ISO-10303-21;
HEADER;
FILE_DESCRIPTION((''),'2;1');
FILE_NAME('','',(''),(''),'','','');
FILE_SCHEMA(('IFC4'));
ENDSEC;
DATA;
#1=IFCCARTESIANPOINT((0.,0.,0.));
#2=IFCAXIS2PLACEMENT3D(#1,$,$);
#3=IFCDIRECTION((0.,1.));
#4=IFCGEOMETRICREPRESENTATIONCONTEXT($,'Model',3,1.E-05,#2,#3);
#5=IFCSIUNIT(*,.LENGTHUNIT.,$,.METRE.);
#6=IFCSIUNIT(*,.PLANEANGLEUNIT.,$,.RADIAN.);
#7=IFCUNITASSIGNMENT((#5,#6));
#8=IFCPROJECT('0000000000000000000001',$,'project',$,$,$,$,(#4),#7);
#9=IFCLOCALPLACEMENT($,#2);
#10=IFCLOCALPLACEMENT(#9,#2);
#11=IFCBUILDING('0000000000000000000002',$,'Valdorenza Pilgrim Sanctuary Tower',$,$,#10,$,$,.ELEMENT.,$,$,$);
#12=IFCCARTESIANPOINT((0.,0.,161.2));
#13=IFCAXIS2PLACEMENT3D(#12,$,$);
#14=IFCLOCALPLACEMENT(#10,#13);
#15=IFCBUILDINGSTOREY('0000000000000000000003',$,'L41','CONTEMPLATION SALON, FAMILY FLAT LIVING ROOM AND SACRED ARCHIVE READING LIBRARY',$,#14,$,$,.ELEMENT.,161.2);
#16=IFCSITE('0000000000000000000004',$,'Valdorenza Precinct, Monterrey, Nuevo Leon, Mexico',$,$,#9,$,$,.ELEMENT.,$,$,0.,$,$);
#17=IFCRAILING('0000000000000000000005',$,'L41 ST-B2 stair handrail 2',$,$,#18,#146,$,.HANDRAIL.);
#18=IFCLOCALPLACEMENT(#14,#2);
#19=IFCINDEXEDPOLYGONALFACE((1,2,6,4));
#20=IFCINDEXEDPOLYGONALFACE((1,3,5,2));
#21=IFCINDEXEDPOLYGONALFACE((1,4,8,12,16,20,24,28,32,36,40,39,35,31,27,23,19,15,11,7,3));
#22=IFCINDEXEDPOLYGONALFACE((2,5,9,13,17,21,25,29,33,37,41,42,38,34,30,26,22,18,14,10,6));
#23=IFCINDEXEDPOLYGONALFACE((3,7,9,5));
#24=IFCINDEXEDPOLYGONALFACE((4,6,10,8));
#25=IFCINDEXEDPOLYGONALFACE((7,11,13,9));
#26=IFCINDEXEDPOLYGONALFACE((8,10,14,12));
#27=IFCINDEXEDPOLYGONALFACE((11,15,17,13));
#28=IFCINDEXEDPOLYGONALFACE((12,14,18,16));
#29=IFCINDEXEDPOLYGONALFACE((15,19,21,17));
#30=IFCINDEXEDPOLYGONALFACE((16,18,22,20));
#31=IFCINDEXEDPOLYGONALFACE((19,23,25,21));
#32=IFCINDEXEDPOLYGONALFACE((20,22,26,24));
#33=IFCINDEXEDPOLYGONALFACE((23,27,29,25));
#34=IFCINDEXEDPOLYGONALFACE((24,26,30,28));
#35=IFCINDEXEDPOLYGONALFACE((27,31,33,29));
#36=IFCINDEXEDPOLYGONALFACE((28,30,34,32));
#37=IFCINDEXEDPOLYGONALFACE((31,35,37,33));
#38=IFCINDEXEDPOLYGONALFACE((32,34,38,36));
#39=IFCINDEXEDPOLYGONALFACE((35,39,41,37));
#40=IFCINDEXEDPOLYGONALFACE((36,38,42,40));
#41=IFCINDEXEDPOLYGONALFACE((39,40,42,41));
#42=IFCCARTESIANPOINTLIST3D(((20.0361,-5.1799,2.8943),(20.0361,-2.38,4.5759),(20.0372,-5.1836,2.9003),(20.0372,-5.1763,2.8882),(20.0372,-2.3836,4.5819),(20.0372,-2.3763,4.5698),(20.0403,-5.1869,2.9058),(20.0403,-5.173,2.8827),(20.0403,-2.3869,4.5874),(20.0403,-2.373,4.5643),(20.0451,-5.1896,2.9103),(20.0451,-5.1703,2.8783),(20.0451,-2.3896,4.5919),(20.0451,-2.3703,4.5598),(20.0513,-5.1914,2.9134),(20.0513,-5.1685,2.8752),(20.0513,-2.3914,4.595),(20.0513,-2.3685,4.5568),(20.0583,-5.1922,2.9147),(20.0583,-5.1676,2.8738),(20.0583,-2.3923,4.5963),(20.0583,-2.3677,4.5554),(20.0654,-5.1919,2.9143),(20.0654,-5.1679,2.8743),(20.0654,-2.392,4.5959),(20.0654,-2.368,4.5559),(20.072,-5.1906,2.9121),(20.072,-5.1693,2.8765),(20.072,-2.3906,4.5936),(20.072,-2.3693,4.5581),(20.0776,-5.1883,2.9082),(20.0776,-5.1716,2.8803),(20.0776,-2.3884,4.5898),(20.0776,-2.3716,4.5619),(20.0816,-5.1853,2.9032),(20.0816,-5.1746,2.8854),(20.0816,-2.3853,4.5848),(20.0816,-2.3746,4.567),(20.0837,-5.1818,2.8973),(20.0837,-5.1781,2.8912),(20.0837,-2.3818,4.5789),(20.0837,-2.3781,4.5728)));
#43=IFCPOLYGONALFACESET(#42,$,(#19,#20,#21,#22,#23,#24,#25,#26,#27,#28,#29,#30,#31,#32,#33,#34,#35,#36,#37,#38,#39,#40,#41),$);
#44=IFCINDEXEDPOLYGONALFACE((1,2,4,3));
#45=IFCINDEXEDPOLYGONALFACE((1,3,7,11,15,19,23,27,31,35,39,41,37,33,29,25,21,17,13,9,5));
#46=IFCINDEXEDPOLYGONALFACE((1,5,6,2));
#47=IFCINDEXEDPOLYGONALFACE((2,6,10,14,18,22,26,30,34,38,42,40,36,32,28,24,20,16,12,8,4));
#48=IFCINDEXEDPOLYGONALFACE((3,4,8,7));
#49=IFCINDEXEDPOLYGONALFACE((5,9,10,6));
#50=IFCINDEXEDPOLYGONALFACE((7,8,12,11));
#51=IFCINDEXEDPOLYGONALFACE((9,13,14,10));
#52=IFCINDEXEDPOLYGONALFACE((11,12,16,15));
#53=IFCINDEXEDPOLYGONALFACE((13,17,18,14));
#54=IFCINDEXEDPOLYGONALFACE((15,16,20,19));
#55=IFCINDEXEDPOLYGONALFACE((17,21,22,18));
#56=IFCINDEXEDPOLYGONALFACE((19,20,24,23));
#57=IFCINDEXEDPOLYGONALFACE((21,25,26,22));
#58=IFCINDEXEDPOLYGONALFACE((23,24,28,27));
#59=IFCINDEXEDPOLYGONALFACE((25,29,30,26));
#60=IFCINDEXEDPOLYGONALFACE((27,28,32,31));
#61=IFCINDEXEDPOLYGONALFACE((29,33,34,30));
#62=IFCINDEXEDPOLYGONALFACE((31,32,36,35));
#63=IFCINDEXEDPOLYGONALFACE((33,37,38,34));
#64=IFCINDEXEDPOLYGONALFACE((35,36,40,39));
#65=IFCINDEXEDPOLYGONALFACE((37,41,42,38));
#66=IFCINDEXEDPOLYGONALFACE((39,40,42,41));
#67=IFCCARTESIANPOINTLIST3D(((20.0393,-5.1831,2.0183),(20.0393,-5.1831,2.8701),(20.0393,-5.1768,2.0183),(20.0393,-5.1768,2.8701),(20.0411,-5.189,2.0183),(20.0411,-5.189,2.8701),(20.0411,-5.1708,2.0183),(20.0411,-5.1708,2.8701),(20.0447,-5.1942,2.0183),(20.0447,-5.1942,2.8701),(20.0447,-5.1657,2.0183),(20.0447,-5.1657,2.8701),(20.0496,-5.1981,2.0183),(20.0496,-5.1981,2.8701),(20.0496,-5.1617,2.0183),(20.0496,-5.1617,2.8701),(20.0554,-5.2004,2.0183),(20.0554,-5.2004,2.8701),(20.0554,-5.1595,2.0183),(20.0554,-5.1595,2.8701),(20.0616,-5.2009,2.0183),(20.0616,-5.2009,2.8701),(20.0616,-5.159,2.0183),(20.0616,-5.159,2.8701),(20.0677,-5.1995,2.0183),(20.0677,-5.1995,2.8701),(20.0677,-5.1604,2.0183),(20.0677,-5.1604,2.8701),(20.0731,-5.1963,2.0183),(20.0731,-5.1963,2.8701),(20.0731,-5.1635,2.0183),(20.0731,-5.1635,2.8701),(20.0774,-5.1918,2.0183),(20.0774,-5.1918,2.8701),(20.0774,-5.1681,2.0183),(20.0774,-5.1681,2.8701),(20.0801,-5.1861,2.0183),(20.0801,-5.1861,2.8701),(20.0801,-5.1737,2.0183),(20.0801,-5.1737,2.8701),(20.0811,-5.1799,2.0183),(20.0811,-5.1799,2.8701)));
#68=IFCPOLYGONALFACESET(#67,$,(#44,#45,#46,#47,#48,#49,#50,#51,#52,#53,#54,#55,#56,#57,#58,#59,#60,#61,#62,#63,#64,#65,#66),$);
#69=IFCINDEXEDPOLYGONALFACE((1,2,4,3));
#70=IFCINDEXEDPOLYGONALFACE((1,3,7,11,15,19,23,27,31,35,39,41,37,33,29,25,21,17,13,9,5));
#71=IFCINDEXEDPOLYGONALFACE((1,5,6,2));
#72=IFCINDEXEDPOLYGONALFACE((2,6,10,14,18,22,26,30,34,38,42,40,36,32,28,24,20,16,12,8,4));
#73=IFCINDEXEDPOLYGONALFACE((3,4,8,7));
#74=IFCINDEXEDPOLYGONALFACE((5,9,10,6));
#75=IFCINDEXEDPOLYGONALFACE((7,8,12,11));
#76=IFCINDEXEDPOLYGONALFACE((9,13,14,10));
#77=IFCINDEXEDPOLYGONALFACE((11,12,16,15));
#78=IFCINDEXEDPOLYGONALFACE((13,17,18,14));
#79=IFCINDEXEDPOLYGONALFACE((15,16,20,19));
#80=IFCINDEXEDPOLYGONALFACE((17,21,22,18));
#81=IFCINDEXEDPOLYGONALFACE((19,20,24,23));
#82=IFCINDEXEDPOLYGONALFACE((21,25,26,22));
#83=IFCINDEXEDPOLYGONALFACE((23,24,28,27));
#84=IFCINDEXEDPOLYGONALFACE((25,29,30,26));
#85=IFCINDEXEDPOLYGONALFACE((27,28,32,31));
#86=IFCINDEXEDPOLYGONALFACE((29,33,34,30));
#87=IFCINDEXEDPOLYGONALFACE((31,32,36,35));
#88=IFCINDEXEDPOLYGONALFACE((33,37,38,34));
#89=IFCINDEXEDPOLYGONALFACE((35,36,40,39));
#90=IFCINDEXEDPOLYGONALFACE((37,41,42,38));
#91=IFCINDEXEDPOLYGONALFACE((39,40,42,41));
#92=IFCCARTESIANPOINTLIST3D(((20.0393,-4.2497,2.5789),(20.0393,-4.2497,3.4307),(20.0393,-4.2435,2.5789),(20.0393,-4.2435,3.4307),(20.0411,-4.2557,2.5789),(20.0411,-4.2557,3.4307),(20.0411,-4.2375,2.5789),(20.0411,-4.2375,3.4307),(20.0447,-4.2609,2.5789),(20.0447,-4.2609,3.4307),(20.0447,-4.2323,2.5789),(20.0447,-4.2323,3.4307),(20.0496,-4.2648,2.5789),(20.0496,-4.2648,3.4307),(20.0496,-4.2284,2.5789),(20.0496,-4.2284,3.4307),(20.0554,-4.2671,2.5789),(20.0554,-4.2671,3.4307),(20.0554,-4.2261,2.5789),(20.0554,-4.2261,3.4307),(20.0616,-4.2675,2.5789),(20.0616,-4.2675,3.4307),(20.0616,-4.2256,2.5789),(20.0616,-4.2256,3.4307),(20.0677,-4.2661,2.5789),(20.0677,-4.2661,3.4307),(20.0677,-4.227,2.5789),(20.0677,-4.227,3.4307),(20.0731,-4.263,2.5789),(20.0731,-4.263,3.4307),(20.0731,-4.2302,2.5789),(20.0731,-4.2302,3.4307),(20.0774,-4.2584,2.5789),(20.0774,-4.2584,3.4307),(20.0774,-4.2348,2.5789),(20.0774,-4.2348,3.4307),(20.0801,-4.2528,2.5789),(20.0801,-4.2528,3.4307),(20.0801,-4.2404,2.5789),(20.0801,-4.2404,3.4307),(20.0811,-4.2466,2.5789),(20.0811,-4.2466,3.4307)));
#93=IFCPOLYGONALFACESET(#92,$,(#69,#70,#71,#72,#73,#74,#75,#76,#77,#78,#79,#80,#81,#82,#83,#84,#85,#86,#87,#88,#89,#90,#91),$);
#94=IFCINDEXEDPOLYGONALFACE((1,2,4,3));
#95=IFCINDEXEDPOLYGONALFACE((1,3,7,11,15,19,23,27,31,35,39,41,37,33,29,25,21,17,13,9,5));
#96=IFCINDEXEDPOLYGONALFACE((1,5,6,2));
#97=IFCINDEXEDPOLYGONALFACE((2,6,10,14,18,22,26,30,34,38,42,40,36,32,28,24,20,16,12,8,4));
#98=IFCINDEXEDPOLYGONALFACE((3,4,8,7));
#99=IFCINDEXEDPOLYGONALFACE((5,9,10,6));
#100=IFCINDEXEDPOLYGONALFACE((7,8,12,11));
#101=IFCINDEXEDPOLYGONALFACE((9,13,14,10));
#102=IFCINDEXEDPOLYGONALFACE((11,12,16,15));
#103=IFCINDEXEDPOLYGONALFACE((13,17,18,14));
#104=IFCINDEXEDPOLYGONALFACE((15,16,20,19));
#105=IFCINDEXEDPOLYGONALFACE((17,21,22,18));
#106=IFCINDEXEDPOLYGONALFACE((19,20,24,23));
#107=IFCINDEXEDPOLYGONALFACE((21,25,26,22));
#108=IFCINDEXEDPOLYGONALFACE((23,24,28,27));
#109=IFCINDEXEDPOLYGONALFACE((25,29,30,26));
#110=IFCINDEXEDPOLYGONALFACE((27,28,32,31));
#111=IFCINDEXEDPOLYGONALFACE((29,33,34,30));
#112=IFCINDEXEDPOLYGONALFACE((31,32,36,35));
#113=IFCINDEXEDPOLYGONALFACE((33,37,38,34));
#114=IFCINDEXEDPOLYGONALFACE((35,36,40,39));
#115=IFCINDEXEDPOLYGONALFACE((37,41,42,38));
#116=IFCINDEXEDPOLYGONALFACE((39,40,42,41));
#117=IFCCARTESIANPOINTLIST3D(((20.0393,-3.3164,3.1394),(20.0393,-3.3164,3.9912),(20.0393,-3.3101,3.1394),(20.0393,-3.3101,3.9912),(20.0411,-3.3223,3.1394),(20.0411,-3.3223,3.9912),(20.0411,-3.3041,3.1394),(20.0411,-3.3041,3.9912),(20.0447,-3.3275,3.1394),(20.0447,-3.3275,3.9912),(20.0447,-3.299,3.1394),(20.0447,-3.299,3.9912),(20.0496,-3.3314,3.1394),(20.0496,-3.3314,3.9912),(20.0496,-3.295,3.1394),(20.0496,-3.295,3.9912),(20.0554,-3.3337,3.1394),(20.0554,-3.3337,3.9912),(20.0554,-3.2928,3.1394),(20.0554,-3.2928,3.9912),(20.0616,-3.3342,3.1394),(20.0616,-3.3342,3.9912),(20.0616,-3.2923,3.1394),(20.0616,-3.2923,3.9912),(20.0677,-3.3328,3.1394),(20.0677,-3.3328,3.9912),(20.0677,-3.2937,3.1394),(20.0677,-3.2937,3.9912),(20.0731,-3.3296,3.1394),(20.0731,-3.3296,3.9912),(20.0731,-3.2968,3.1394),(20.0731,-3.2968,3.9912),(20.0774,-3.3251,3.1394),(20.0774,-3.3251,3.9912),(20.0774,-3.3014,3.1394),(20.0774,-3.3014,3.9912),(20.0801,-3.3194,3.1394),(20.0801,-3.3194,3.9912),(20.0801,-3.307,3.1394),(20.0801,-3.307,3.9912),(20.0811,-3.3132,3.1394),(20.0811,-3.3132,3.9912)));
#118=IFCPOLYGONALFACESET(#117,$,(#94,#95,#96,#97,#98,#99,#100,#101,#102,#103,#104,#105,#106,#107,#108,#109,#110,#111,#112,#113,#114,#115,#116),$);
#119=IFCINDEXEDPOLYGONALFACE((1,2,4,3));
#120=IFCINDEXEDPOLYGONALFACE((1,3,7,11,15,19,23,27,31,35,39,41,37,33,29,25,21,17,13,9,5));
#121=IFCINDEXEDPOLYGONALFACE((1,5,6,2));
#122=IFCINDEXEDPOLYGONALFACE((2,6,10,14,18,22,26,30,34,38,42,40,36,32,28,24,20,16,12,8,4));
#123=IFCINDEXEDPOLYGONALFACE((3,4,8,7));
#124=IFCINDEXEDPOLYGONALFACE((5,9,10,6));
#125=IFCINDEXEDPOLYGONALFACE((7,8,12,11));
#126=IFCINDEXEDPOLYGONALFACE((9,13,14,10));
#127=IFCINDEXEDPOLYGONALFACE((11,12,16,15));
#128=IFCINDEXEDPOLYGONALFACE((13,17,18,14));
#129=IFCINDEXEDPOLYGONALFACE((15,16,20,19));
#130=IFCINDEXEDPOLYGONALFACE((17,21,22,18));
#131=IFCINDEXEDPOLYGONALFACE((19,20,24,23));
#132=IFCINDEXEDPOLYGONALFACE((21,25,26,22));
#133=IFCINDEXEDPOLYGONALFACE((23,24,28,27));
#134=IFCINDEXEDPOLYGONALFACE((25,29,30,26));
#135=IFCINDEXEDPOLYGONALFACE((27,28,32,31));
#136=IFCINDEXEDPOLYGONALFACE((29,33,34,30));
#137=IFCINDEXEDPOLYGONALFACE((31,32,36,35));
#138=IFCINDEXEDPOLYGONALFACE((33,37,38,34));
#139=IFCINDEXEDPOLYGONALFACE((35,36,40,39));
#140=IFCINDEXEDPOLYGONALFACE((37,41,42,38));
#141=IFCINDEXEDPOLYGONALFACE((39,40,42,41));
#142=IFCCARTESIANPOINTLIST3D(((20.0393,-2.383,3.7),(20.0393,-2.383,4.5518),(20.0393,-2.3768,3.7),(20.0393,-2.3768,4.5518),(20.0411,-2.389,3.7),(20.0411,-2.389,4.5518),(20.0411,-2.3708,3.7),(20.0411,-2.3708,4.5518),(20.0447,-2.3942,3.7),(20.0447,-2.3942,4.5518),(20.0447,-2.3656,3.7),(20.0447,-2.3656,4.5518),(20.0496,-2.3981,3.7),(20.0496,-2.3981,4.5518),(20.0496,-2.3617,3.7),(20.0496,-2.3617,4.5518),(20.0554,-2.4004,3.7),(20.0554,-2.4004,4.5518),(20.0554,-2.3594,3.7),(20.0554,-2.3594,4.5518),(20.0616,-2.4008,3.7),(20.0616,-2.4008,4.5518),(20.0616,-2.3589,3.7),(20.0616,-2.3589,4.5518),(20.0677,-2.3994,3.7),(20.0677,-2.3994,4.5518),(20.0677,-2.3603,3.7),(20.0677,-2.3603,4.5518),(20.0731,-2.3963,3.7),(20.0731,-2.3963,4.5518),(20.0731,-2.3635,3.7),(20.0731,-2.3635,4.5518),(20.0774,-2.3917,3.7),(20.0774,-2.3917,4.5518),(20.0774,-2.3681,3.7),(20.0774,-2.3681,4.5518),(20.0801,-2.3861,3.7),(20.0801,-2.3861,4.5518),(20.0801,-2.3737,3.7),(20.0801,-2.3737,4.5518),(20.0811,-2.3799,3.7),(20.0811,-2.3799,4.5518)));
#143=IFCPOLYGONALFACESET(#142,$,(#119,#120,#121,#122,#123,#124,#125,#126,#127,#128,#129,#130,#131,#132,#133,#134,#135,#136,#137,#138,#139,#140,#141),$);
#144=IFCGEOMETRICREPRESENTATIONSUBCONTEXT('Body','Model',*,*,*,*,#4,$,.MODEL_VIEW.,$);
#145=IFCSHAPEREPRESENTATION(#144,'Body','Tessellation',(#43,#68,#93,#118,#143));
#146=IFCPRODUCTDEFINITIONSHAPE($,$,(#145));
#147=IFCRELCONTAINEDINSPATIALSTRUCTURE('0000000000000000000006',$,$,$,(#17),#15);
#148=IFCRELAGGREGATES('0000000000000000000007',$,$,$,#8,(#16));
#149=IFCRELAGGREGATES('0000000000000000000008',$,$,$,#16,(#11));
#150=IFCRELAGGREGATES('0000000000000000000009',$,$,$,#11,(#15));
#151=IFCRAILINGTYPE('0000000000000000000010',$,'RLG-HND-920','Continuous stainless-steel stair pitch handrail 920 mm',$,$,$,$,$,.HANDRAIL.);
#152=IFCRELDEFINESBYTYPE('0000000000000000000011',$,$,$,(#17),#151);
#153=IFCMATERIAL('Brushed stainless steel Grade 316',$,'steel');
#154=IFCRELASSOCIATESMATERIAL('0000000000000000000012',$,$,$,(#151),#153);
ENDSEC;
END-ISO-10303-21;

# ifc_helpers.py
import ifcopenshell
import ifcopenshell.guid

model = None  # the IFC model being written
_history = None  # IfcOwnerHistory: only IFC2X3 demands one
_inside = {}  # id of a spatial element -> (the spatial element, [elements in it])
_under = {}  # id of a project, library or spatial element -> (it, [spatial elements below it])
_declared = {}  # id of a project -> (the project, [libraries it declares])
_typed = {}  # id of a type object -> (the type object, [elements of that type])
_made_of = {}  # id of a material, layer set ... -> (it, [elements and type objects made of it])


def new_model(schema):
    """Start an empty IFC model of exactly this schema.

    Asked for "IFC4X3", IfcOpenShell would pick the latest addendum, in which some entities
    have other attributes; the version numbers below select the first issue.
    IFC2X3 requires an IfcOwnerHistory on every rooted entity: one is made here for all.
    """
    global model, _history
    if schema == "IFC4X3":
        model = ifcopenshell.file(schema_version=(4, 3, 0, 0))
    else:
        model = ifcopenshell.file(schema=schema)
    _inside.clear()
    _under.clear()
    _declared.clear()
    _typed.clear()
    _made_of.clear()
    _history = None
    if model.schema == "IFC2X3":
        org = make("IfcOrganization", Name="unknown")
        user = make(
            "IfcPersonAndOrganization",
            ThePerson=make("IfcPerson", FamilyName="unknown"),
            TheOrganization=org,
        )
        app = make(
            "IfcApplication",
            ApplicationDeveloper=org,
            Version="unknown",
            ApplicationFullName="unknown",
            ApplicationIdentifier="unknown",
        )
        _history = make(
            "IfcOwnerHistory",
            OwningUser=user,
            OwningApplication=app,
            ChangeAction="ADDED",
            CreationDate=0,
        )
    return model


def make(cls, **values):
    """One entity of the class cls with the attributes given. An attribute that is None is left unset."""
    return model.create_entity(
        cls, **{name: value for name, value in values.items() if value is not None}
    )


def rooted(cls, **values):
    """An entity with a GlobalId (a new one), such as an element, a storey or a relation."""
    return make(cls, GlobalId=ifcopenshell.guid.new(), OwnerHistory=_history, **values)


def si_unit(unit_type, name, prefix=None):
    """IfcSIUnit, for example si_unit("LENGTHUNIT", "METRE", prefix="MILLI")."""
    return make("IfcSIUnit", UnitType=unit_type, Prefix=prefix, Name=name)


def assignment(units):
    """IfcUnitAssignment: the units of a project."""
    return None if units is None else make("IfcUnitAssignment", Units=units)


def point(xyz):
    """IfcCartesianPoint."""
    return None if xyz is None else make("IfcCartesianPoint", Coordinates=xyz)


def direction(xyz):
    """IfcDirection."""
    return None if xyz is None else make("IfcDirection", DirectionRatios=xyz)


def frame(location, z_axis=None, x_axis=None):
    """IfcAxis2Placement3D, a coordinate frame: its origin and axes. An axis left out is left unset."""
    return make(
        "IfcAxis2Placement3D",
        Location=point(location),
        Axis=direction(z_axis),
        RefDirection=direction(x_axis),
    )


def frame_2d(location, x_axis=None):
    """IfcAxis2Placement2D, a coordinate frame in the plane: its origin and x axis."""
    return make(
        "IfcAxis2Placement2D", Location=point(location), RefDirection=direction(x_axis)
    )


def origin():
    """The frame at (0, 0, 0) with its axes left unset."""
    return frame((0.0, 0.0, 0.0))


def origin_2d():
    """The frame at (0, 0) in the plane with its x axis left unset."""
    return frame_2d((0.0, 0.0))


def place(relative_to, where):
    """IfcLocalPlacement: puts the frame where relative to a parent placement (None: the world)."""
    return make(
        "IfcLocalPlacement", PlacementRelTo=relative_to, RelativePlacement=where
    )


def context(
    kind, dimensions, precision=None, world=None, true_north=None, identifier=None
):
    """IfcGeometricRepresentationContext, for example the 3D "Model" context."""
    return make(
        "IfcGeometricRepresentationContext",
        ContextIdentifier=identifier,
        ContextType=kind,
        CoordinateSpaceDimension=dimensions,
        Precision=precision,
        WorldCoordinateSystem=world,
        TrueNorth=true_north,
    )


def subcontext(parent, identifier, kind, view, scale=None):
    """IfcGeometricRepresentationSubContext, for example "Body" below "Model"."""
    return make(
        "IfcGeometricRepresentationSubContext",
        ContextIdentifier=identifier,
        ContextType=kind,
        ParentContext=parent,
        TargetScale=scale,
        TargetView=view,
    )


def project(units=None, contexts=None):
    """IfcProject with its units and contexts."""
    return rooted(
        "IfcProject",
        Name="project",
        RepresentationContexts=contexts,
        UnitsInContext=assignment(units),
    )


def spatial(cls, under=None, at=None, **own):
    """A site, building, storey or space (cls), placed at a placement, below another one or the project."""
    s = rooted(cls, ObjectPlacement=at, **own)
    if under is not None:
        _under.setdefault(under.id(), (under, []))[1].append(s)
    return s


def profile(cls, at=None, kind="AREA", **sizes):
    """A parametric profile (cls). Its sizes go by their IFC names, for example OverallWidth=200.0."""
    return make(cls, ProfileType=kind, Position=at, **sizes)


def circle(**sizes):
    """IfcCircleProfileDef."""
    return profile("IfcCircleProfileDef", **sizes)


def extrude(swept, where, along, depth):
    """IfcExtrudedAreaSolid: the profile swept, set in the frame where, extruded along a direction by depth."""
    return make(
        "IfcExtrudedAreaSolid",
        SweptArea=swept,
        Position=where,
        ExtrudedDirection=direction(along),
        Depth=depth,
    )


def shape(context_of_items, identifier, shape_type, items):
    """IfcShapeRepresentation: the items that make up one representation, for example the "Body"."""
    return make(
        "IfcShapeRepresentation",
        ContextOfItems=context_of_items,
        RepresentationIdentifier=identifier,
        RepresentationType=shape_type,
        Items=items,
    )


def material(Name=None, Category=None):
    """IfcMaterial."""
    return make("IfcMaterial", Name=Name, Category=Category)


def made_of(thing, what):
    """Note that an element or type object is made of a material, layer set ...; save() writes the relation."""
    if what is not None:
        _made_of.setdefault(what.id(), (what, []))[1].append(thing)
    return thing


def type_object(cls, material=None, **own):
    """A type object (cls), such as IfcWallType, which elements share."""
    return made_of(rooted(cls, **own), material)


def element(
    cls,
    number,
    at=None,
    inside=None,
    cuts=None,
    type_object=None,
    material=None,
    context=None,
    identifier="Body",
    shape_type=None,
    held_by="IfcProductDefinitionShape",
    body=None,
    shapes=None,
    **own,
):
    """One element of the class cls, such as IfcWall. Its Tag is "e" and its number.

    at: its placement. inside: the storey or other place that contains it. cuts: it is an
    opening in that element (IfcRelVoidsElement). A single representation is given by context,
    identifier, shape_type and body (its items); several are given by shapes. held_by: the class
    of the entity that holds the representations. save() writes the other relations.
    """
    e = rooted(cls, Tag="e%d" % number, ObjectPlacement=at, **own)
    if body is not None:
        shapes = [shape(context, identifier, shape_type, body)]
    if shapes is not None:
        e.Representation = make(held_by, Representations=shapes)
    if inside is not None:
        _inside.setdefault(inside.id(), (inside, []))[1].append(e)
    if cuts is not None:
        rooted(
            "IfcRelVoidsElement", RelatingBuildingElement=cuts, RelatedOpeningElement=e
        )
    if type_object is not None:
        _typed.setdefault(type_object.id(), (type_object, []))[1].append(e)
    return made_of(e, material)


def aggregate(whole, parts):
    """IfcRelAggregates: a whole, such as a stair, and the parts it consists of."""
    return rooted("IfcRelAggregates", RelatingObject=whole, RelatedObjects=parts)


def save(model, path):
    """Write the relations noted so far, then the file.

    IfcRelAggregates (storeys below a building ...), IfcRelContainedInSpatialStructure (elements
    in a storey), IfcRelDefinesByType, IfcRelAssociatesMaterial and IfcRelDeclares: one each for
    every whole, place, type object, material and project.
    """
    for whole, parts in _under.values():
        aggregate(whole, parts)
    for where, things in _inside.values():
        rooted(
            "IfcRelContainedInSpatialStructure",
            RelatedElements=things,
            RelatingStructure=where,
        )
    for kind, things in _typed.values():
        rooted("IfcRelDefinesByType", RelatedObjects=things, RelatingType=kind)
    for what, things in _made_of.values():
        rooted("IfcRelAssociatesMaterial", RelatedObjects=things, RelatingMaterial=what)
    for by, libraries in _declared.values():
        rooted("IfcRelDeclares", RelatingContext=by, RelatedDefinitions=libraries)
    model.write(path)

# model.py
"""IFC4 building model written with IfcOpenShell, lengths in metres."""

from ifc_helpers import new_model, si_unit, direction, frame, origin, origin_2d, place, context, subcontext, project, spatial, circle, extrude, material, type_object, element, save


model = new_model("IFC4")

# Units and contexts
model_context = context("Model", 3, precision=1e-05, world=origin(), true_north=direction((0.0, 1.0)))
body_context = subcontext(model_context, "Body", "Model", "MODEL_VIEW")
ifc_project = project(units=[si_unit("LENGTHUNIT", "METRE"), si_unit("PLANEANGLEUNIT", "RADIAN")], contexts=[model_context])

# Site, building, storey
site_placement = place(None, origin())
site = spatial("IfcSite", under=ifc_project, at=site_placement, Name="Valdorenza Precinct, Monterrey, Nuevo Leon, Mexico", CompositionType="ELEMENT", RefElevation=0.0)
building_placement = place(site_placement, origin())
building = spatial("IfcBuilding", under=site, at=building_placement, Name="Valdorenza Pilgrim Sanctuary Tower", CompositionType="ELEMENT")
storey_placement = place(building_placement, frame((0.0, 0.0, 161.2)))
storey = spatial("IfcBuildingStorey", under=building, at=storey_placement, Name="L41", Description="CONTEMPLATION SALON, FAMILY FLAT LIVING ROOM AND SACRED ARCHIVE READING LIBRARY", CompositionType="ELEMENT", Elevation=161.2)

# Railing
ifc_material_1 = material(Name="Brushed stainless steel Grade 316", Category="steel")
railing_type_1 = type_object("IfcRailingType", Name="RLG-HND-920", Description="Continuous stainless-steel stair pitch handrail 920 mm", PredefinedType="HANDRAIL", material=ifc_material_1)
railing_1_placement = place(storey_placement, frame((20.0601, -5.1799, 2.0183)))
element("IfcRailing", 1, at=railing_1_placement, inside=storey, type_object=railing_type_1, Name="L41 ST-B2 stair handrail 2", PredefinedType="HANDRAIL", context=body_context, shape_type="SweptSolid", body=[
    extrude(circle(Radius=0.0239, at=origin_2d()), frame((0.0, 0.0, 0.876), z_axis=(0.0, 0.857275, 0.514858), x_axis=(-1.0, 0.0, 0.0)), (0.0, 0.0, 1.0), 3.2661),
    extrude(circle(Radius=0.021, at=origin_2d()), origin(), (0.0, 0.0, 1.0), 0.8518),
    extrude(circle(Radius=0.021, at=origin_2d()), frame((0.0, 0.9333, 0.5605)), (0.0, 0.0, 1.0), 0.8518),
    extrude(circle(Radius=0.021, at=origin_2d()), frame((0.0, 1.8667, 1.1211)), (0.0, 0.0, 1.0), 0.8518),
    extrude(circle(Radius=0.021, at=origin_2d()), frame((0.0, 2.8, 1.6816)), (0.0, 0.0, 1.0), 0.8518),
])

save(model, "model.ifc")
